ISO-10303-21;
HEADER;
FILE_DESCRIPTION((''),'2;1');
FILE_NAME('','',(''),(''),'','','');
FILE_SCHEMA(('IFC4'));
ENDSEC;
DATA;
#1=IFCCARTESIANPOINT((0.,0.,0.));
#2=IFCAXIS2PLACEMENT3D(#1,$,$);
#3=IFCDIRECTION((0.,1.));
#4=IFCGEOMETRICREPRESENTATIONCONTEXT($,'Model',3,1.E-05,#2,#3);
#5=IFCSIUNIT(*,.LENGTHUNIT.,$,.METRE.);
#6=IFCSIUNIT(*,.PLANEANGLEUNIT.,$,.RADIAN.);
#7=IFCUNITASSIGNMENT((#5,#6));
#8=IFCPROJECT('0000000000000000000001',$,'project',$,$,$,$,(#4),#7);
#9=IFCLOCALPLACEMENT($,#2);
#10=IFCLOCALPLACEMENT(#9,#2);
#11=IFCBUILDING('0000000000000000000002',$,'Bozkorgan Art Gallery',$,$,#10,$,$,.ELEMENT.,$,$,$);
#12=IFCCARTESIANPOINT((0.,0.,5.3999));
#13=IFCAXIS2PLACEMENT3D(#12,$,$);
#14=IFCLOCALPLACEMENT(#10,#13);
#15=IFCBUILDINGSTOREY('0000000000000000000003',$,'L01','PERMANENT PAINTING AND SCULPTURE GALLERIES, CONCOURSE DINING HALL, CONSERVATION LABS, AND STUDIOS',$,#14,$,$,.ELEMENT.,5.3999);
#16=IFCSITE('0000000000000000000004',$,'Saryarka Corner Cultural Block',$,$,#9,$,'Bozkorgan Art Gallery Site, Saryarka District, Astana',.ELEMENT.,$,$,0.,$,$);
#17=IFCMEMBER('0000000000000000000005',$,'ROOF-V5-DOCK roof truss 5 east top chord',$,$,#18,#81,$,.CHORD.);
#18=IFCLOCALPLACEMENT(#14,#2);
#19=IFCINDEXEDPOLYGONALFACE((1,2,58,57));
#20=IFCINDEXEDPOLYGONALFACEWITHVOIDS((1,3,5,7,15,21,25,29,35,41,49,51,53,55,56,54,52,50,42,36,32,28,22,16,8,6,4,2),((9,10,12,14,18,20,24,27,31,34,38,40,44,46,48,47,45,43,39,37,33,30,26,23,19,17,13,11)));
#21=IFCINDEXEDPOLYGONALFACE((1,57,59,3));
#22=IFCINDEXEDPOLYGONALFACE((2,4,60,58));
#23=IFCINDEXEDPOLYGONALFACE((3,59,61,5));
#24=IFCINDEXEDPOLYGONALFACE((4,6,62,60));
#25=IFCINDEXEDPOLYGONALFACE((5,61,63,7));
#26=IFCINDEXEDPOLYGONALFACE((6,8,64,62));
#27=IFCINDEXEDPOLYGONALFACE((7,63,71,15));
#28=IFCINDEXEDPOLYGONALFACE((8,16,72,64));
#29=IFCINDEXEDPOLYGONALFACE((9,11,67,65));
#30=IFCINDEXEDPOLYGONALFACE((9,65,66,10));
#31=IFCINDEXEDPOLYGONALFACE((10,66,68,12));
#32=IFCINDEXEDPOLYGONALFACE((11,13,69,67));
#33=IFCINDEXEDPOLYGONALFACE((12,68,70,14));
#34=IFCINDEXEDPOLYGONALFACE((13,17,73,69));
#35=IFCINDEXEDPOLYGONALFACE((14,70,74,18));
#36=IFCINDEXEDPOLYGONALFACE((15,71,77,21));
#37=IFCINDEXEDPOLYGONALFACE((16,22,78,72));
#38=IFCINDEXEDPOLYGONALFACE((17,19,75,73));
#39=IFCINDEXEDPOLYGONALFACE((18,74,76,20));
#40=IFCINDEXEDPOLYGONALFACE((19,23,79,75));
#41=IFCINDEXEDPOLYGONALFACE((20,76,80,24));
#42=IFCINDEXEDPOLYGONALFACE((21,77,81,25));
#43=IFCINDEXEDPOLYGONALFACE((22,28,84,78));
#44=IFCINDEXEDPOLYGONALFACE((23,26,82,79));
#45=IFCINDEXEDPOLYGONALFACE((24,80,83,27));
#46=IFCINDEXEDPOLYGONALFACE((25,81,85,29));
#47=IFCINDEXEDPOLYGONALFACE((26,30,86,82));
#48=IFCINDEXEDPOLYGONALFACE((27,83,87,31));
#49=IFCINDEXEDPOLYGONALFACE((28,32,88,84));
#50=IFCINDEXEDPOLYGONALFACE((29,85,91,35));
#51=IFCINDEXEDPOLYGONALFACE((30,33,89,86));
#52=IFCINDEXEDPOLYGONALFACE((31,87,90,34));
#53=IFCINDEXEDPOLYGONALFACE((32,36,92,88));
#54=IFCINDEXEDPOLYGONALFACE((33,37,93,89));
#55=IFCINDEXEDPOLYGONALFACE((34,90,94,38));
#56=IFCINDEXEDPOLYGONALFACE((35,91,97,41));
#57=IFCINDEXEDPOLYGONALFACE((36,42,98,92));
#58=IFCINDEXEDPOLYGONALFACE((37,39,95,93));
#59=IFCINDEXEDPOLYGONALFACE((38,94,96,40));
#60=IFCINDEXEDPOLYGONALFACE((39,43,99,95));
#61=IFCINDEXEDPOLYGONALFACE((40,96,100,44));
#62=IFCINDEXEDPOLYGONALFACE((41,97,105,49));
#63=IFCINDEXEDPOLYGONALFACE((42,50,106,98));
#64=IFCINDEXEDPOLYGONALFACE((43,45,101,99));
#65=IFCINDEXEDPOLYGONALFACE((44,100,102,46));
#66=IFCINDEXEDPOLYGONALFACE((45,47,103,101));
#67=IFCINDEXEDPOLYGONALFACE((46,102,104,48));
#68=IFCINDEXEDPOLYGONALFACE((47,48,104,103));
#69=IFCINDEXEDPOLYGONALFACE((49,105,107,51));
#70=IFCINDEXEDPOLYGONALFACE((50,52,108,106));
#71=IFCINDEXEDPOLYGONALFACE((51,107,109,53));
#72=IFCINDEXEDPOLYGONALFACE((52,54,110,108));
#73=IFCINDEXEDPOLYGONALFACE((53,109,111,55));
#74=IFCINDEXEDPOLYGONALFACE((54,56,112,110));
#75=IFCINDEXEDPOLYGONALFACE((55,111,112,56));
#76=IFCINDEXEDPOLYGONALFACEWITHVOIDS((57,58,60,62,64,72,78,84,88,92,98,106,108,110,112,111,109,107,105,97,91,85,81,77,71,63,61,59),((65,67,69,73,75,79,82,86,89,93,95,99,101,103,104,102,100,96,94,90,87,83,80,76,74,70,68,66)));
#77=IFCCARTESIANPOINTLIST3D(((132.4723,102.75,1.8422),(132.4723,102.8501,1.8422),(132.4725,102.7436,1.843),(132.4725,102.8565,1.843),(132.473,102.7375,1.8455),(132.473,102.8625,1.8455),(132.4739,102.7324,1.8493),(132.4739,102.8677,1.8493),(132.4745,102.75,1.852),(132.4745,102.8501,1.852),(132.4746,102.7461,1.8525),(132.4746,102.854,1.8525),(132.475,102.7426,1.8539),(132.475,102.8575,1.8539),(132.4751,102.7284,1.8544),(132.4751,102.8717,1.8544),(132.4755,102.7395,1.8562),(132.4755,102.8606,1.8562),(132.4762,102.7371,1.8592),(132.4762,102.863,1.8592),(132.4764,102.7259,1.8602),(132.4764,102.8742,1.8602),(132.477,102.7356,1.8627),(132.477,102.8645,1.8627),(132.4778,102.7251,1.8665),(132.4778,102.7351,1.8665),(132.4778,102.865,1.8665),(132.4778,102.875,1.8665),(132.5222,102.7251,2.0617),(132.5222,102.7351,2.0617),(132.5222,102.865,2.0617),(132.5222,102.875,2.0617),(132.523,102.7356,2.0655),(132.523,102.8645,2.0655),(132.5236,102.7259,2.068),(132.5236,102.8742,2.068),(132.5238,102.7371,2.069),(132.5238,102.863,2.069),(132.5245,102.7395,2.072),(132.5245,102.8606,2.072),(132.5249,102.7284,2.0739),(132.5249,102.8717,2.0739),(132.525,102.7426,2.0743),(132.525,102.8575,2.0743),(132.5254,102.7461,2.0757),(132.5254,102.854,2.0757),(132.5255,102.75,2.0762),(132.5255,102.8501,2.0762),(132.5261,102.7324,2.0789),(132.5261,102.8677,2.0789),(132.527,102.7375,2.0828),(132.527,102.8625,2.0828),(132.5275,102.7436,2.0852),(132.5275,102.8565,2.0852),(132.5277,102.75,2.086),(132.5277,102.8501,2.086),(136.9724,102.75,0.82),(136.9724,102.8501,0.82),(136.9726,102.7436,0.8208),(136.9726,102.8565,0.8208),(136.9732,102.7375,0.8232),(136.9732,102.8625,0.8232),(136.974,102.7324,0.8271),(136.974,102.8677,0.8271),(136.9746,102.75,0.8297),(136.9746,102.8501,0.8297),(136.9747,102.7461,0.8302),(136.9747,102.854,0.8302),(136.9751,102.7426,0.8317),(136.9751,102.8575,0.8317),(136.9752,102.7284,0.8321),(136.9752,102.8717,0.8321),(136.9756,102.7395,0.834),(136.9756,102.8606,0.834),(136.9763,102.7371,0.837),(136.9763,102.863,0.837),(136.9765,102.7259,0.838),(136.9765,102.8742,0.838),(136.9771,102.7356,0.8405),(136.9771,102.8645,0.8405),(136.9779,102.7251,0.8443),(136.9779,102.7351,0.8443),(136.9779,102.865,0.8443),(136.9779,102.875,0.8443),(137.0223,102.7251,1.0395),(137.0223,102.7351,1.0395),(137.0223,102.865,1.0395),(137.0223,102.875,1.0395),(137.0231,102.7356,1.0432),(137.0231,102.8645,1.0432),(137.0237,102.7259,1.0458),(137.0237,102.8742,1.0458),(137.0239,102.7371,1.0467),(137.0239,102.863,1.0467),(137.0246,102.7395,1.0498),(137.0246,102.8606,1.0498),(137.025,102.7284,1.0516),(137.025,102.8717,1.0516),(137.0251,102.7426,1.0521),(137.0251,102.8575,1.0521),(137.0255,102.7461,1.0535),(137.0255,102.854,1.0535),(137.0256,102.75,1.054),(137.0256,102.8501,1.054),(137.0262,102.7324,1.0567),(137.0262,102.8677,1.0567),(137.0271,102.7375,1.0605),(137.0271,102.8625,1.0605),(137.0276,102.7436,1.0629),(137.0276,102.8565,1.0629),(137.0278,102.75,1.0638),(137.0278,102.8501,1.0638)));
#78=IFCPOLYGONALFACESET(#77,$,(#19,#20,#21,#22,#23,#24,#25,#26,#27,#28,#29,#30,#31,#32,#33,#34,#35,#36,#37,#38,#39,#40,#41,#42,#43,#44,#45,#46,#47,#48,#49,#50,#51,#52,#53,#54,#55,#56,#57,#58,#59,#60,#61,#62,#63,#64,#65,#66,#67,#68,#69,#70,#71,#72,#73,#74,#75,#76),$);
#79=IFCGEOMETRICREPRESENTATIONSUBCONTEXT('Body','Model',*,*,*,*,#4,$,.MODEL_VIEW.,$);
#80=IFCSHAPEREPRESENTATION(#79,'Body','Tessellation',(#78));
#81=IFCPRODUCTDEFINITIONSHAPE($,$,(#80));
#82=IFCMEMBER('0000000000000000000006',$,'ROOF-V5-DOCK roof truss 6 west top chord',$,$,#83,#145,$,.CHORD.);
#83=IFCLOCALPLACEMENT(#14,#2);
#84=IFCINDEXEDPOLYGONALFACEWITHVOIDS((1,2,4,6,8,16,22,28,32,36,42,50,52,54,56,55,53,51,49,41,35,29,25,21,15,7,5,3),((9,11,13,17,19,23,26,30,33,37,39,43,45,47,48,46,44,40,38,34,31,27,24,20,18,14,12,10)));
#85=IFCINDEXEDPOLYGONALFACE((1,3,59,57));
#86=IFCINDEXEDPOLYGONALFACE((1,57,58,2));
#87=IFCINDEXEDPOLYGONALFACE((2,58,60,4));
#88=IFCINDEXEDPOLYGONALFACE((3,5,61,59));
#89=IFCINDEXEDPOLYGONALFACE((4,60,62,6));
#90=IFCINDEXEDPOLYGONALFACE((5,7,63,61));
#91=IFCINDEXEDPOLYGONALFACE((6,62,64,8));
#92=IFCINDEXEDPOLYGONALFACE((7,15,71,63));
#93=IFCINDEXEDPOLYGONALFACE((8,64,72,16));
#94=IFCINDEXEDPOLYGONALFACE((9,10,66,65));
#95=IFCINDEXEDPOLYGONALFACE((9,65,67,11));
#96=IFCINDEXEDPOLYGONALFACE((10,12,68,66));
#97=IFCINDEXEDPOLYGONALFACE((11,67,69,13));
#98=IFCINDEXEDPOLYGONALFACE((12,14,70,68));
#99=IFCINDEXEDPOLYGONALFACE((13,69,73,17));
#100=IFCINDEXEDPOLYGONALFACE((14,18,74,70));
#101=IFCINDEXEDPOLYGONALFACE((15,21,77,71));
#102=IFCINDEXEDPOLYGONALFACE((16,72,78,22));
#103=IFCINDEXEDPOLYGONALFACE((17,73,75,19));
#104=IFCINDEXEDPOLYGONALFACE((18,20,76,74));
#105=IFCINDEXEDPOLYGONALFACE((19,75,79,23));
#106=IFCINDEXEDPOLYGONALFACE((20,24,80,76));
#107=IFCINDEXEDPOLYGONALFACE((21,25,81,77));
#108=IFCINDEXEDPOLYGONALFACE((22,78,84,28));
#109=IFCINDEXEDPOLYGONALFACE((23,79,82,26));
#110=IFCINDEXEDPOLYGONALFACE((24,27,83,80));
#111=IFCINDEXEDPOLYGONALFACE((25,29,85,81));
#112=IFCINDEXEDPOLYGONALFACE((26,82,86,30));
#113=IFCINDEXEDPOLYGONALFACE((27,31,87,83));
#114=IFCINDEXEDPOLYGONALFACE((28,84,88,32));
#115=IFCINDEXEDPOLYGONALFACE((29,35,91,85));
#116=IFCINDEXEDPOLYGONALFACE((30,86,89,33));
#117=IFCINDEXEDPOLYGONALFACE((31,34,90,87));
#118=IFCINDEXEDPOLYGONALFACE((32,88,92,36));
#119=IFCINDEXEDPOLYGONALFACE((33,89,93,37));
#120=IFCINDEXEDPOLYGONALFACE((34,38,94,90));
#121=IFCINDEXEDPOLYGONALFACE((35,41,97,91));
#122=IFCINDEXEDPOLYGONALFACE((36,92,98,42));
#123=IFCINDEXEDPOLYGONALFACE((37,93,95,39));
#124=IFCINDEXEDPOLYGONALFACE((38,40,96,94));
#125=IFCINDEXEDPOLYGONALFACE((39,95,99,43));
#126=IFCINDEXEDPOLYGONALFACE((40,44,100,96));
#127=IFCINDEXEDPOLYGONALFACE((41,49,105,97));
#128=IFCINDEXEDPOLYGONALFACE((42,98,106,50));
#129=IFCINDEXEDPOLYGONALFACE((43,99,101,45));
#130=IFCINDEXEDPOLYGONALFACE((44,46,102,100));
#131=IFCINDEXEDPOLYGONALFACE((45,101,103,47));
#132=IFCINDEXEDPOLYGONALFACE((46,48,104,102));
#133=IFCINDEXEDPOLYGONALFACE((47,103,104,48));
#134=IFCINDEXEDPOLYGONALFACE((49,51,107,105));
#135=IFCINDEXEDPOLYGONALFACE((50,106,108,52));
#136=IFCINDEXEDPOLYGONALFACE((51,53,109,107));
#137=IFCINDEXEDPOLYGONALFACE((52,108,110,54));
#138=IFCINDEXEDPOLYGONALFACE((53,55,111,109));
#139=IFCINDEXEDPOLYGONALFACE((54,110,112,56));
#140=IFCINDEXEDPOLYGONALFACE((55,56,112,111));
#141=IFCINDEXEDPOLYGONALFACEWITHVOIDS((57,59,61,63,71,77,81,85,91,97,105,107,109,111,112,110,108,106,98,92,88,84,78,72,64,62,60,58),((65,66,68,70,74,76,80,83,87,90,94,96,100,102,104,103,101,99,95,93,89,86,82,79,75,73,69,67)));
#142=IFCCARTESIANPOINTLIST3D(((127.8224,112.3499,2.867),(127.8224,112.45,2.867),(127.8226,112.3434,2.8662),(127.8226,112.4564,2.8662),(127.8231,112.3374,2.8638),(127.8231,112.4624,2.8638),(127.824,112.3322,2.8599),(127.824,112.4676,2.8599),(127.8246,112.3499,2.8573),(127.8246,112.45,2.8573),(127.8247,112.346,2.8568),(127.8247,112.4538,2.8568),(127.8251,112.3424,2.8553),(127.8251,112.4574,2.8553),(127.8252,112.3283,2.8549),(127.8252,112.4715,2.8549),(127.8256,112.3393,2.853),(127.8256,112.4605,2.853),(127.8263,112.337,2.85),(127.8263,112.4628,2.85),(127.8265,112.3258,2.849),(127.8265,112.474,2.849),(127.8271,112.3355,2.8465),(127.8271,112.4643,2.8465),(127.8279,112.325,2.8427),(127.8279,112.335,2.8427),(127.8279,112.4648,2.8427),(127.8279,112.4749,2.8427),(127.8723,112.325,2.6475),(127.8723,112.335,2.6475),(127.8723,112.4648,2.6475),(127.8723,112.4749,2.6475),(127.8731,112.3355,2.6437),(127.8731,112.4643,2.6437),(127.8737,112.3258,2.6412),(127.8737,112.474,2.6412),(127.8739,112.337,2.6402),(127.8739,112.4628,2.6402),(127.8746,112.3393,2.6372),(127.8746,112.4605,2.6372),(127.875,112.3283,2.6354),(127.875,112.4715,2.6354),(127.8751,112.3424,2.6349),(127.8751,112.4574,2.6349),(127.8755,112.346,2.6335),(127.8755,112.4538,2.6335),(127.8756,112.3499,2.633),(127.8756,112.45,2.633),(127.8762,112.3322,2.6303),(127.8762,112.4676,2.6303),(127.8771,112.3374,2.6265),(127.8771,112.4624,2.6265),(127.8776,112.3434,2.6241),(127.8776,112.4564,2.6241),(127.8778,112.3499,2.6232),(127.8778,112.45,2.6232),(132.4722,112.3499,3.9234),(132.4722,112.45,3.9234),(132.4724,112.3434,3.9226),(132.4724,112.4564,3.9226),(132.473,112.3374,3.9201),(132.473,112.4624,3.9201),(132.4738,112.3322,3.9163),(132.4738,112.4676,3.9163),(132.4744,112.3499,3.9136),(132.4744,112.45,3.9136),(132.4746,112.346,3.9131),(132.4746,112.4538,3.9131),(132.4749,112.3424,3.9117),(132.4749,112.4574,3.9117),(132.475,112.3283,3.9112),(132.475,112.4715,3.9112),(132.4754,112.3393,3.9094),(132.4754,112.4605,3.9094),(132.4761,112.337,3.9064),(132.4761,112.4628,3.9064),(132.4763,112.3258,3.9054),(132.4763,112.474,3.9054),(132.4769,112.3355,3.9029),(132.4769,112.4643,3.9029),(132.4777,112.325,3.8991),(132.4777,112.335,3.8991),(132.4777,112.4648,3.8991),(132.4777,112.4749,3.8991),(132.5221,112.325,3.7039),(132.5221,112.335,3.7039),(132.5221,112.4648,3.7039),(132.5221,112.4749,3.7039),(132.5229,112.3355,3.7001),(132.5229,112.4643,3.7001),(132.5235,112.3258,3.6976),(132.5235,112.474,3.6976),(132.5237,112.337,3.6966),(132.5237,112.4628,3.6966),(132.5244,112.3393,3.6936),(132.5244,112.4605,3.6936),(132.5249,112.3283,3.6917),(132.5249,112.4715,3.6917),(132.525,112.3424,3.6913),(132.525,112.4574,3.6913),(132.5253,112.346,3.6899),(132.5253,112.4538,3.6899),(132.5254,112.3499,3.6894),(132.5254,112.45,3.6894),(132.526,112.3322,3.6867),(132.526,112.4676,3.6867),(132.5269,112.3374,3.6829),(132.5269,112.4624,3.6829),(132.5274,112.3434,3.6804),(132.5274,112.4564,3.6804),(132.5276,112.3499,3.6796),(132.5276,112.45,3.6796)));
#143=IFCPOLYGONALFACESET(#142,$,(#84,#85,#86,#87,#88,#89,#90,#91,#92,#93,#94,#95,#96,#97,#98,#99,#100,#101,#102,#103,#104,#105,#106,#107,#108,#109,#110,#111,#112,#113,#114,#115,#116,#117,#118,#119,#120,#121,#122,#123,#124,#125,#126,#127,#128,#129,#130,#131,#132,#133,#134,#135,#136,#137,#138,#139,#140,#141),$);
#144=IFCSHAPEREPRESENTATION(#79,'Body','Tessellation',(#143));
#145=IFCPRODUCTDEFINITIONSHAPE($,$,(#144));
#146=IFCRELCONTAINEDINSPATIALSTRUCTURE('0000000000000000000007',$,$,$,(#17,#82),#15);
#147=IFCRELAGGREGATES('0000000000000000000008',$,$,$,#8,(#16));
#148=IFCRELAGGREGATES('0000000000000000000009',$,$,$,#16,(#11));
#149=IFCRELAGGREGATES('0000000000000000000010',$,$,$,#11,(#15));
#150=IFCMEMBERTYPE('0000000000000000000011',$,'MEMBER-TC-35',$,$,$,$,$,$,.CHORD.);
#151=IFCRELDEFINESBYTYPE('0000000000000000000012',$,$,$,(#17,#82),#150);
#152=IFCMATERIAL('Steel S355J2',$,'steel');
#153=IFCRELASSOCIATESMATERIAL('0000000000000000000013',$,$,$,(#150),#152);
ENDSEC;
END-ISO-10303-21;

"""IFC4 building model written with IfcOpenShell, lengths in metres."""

from ifc_helpers import new_model, si_unit, direction, frame, origin, origin_2d, place, context, subcontext, project, spatial, hollow_rectangle, extrude, material, material_profile, profile_set, type_object, element, save


model = new_model("IFC4")

# Units and contexts
model_context = context("Model", 3, precision=1e-05, world=origin(), true_north=direction((0.0, 1.0)))
body_context = subcontext(model_context, "Body", "Model", "MODEL_VIEW")
ifc_project = project(units=[si_unit("LENGTHUNIT", "METRE"), si_unit("PLANEANGLEUNIT", "RADIAN")], contexts=[model_context])

# Site, building, storey
site_placement = place(None, origin())
site = spatial("IfcSite", under=ifc_project, at=site_placement, Name="Saryarka Corner Cultural Block", LongName="Bozkorgan Art Gallery Site, Saryarka District, Astana", CompositionType="ELEMENT", RefElevation=0.0)
building_placement = place(site_placement, origin())
building = spatial("IfcBuilding", under=site, at=building_placement, Name="Bozkorgan Art Gallery", CompositionType="ELEMENT")
storey_placement = place(building_placement, frame((0.0, 0.0, 5.3999)))
storey = spatial("IfcBuildingStorey", under=building, at=storey_placement, Name="L01", Description="PERMANENT PAINTING AND SCULPTURE GALLERIES, CONCOURSE DINING HALL, CONSERVATION LABS, AND STUDIOS", CompositionType="ELEMENT", Elevation=5.3999)

# Members
ifc_material_1 = material(Name="Steel S355J2", Category="steel")
ifc_material_profile_1 = material_profile(ifc_material_1, hollow_rectangle(XDim=0.1499, YDim=0.25, WallThickness=0.01, InnerFilletRadius=0.0149, OuterFilletRadius=0.0249, at=origin_2d()), Name="RHS 250x150x10")
ifc_profile_set_1 = profile_set([ifc_material_profile_1], Name="Steel S355J2")
member_type_1 = type_object("IfcMemberType", Name="MEMBER-TC-35", PredefinedType="CHORD", material=ifc_profile_set_1)
for number, where, z_axis, x_axis, name in (
    (1, (132.5, 102.8, 1.9641), (0.975157, 0.0, -0.221516), (0.0, 1.0, 0.0), "ROOF-V5-DOCK roof truss 5 east top chord"),
):
    element("IfcMember", number, at=place(storey_placement, frame(where, z_axis=z_axis, x_axis=x_axis)), inside=storey, type_object=member_type_1, Name=name, PredefinedType="CHORD", context=body_context, shape_type="SweptSolid", body=[
        extrude(hollow_rectangle(XDim=0.1499, YDim=0.25, WallThickness=0.01, InnerFilletRadius=0.0149, OuterFilletRadius=0.0249, at=origin_2d()), origin(), (0.0, 0.0, 1.0), 4.6147),
    ])
member_1_placement = place(storey_placement, frame((127.8501, 112.3999, 2.7451), z_axis=(0.975151, 0.0, 0.221541), x_axis=(0.0, 1.0, 0.0)))
element("IfcMember", 2, at=member_1_placement, inside=storey, type_object=member_type_1, Name="ROOF-V5-DOCK roof truss 6 west top chord", PredefinedType="CHORD", context=body_context, shape_type="SweptSolid", body=[
    extrude(hollow_rectangle(XDim=0.1499, YDim=0.25, WallThickness=0.01, InnerFilletRadius=0.0149, OuterFilletRadius=0.0249, at=origin_2d()), origin(), (0.0, 0.0, 1.0), 4.7683),
])

save(model, "model.ifc")
